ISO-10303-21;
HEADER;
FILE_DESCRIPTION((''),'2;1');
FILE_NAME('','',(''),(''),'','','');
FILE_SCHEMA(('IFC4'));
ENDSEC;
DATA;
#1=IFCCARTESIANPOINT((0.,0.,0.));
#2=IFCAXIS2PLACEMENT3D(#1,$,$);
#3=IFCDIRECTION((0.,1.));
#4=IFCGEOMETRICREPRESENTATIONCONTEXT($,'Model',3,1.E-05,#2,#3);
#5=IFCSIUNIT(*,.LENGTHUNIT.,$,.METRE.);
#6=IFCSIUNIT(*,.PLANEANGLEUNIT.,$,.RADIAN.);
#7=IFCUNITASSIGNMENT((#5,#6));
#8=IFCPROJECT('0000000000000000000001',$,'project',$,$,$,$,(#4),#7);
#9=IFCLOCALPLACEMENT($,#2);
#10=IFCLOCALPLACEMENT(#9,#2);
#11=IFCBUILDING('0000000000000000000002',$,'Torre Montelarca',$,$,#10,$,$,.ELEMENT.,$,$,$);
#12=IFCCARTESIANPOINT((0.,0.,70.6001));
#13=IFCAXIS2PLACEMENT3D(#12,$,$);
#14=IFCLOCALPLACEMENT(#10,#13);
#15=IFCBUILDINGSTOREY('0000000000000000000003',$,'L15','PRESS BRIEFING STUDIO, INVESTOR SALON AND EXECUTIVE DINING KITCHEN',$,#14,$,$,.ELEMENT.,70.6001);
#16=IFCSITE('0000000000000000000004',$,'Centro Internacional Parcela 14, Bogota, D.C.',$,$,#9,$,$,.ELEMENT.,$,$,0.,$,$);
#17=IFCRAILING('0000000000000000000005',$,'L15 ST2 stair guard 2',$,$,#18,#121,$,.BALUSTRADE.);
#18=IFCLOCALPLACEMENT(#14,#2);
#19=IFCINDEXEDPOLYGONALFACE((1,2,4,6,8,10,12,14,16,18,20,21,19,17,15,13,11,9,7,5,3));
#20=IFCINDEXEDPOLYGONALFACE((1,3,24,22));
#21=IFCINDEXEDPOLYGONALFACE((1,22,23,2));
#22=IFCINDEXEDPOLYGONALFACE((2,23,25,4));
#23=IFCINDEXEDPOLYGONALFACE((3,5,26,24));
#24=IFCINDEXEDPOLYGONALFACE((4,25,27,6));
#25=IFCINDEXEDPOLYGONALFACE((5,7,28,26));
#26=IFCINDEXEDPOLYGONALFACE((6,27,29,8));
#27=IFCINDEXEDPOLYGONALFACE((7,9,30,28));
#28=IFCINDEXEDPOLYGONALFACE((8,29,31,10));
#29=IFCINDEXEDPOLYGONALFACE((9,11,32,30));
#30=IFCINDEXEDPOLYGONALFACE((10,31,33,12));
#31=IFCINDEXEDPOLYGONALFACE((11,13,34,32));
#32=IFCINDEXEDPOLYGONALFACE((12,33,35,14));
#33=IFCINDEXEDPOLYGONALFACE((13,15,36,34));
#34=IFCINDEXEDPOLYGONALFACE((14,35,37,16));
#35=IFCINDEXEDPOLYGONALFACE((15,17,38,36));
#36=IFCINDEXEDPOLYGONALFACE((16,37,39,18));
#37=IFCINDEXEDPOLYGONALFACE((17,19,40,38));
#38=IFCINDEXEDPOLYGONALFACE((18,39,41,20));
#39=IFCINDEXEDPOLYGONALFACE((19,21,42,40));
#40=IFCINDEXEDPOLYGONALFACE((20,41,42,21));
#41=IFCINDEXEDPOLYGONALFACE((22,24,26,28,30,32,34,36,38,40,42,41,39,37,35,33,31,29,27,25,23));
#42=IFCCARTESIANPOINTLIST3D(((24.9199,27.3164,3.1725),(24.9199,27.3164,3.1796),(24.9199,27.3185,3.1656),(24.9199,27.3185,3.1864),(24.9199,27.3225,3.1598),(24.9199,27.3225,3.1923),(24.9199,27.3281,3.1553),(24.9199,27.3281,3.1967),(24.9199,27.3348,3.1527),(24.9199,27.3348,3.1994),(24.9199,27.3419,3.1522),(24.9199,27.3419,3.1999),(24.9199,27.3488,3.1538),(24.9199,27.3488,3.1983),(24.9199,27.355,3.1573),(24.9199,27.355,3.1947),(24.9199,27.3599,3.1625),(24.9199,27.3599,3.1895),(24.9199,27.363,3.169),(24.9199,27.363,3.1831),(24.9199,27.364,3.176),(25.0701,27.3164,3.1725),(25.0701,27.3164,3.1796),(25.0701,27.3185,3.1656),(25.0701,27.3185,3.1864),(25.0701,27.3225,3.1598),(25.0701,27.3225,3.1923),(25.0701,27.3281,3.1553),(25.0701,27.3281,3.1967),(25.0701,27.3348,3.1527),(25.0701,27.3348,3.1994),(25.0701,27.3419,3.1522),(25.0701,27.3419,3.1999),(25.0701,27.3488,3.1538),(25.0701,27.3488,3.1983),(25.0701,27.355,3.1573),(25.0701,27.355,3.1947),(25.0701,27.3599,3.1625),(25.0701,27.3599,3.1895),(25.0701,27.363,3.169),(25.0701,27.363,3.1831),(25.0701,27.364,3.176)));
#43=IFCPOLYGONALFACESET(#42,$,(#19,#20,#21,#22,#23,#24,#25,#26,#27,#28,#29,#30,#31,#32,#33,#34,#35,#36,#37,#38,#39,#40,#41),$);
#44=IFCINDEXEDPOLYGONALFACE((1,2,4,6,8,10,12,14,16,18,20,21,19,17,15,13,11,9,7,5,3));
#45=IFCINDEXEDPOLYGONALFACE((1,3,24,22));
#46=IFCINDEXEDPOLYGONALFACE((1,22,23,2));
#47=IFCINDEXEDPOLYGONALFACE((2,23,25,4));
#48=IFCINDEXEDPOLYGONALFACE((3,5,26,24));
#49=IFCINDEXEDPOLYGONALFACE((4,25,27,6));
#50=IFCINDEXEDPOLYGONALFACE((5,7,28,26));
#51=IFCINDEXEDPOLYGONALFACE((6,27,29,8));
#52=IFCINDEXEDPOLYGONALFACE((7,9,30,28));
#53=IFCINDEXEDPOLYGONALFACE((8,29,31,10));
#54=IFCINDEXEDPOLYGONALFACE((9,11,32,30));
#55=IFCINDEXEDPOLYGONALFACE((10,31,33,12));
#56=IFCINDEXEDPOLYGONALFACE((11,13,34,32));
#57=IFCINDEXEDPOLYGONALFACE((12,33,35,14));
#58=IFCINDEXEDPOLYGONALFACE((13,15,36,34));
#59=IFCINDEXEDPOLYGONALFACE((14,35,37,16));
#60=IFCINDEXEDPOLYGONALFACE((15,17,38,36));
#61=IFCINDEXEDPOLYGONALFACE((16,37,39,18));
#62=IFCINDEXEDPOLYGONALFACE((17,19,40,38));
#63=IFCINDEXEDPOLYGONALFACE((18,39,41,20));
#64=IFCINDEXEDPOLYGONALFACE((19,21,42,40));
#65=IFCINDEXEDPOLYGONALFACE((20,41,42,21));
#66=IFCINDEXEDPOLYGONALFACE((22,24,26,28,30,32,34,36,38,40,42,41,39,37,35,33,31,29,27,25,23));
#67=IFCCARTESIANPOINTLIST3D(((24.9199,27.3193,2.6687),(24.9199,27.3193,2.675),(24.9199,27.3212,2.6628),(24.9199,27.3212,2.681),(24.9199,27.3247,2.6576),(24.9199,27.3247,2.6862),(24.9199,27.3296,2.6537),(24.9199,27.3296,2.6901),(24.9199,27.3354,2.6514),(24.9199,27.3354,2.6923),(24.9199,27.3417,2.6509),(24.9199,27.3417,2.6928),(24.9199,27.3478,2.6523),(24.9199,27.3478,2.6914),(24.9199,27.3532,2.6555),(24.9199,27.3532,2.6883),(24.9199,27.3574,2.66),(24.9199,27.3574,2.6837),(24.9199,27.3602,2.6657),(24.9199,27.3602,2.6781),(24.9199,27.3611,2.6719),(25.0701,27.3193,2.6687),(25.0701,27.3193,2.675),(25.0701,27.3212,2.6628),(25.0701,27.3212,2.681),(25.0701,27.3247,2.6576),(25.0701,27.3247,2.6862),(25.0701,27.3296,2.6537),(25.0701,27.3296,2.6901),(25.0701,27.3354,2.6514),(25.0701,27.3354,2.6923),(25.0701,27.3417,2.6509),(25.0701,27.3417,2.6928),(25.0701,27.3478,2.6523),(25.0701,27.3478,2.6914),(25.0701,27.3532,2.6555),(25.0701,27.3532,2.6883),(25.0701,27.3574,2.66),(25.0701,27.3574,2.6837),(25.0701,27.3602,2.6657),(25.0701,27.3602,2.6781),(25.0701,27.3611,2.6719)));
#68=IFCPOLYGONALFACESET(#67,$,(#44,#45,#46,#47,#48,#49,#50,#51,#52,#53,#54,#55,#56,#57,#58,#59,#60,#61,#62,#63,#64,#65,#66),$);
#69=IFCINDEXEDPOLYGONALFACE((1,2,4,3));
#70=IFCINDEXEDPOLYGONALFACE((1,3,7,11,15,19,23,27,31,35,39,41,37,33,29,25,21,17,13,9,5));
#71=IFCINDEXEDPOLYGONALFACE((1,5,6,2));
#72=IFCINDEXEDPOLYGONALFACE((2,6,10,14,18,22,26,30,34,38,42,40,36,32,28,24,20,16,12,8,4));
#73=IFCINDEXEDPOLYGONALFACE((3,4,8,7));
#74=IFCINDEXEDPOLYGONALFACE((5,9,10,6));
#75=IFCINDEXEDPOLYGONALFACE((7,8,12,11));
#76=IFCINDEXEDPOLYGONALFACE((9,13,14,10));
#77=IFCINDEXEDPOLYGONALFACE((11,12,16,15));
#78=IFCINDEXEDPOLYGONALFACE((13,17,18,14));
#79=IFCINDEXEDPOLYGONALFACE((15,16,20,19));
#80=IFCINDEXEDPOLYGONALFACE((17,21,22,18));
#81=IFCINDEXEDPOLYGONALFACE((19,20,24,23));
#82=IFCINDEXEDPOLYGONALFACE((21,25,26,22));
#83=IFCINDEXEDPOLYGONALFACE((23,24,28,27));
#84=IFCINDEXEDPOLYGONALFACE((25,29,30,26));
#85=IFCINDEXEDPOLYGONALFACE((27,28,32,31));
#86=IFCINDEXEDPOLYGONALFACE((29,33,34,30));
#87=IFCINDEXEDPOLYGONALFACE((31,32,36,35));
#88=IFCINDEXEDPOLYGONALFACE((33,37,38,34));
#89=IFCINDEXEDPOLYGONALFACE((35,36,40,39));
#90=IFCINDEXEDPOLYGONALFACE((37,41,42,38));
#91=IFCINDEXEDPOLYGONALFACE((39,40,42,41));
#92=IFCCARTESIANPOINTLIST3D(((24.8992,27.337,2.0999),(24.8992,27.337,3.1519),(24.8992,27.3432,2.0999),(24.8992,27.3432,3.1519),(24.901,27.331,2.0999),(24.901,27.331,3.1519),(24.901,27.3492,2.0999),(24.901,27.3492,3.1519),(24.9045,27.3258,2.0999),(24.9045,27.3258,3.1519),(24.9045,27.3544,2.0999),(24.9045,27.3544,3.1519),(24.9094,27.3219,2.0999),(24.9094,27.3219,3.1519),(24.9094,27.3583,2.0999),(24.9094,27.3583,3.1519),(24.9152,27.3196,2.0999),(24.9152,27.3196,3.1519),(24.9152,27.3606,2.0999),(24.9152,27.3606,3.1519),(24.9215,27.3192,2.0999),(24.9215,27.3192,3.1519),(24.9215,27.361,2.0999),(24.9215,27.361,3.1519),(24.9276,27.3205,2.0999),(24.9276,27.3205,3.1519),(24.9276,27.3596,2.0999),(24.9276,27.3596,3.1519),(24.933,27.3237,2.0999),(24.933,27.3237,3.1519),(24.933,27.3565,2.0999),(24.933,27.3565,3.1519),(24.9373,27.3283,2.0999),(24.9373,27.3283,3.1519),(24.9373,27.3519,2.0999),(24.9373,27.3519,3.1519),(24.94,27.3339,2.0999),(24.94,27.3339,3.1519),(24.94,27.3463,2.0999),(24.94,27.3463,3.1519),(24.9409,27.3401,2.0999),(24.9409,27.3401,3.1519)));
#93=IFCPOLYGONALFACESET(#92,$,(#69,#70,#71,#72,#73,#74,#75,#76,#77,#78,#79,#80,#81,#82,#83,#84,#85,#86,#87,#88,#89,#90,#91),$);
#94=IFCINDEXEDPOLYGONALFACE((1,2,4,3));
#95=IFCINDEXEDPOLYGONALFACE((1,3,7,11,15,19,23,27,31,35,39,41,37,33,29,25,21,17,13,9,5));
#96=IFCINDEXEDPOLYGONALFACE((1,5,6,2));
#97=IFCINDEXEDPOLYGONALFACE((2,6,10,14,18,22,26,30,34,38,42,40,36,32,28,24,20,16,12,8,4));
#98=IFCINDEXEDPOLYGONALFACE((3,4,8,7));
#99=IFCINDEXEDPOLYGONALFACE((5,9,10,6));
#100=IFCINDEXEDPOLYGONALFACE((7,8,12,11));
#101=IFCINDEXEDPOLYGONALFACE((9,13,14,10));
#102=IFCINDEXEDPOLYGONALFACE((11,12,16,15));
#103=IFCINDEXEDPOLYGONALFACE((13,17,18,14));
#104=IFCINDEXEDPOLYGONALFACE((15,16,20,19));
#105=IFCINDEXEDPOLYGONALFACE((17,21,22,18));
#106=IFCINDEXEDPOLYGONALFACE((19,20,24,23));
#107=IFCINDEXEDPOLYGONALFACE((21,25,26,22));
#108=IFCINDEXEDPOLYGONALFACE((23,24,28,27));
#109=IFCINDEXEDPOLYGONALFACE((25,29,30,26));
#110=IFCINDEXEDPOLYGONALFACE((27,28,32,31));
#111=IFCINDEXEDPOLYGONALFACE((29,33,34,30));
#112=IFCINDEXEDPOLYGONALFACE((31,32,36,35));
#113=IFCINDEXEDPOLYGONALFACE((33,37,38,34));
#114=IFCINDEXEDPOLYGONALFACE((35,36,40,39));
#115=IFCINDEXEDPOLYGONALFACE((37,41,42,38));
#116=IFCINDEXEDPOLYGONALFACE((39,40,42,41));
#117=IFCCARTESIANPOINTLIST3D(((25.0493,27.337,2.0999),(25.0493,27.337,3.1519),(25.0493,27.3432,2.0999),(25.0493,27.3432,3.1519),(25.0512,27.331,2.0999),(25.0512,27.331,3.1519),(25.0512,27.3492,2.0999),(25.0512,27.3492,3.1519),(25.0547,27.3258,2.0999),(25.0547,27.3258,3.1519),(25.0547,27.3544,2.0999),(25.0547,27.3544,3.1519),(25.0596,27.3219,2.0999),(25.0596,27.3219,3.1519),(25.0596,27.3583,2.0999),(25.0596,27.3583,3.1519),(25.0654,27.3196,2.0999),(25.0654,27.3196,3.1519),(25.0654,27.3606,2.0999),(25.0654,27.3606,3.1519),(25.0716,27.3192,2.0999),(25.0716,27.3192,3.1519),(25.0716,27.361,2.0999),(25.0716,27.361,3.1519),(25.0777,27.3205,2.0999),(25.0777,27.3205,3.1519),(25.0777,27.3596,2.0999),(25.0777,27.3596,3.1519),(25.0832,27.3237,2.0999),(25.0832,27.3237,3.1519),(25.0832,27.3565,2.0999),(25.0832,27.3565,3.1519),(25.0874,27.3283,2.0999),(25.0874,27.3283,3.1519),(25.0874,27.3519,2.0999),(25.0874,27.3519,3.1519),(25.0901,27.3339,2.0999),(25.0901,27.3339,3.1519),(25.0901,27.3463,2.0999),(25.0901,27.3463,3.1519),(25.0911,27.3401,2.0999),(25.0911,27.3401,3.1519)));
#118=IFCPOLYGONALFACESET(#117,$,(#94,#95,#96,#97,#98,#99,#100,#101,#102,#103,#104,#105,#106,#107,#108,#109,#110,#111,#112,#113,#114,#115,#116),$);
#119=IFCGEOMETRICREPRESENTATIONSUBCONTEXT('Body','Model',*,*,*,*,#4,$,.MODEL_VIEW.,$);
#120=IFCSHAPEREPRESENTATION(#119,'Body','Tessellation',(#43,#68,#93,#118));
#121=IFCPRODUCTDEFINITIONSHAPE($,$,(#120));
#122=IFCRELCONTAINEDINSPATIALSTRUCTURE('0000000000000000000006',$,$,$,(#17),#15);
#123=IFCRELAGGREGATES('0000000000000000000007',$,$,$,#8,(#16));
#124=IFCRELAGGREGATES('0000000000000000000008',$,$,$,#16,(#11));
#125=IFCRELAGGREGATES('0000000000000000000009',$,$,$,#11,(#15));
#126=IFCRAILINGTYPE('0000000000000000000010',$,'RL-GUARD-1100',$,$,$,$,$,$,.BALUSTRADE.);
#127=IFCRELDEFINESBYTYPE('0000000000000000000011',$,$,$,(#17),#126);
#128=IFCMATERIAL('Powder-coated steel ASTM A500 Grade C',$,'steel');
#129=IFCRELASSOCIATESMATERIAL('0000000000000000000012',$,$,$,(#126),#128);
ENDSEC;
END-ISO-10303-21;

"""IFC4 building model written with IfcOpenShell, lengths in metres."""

from ifc_helpers import new_model, si_unit, direction, frame, origin, origin_2d, place, context, subcontext, project, spatial, circle, extrude, material, type_object, element, save


model = new_model("IFC4")

# Units and contexts
model_context = context("Model", 3, precision=1e-05, world=origin(), true_north=direction((0.0, 1.0)))
body_context = subcontext(model_context, "Body", "Model", "MODEL_VIEW")
ifc_project = project(units=[si_unit("LENGTHUNIT", "METRE"), si_unit("PLANEANGLEUNIT", "RADIAN")], contexts=[model_context])

# Site, building, storey
site_placement = place(None, origin())
site = spatial("IfcSite", under=ifc_project, at=site_placement, Name="Centro Internacional Parcela 14, Bogota, D.C.", CompositionType="ELEMENT", RefElevation=0.0)
building_placement = place(site_placement, origin())
building = spatial("IfcBuilding", under=site, at=building_placement, Name="Torre Montelarca", CompositionType="ELEMENT")
storey_placement = place(building_placement, frame((0.0, 0.0, 70.6001)))
storey = spatial("IfcBuildingStorey", under=building, at=storey_placement, Name="L15", Description="PRESS BRIEFING STUDIO, INVESTOR SALON AND EXECUTIVE DINING KITCHEN", CompositionType="ELEMENT", Elevation=70.6001)

# Railing
ifc_material_1 = material(Name="Powder-coated steel ASTM A500 Grade C", Category="steel")
railing_type_1 = type_object("IfcRailingType", Name="RL-GUARD-1100", PredefinedType="BALUSTRADE", material=ifc_material_1)
railing_1_placement = place(storey_placement, frame((24.9199, 27.3401, 2.0999)))
element("IfcRailing", 1, at=railing_1_placement, inside=storey, type_object=railing_type_1, Name="L15 ST2 stair guard 2", PredefinedType="BALUSTRADE", context=body_context, shape_type="SweptSolid", body=[
    extrude(circle(Radius=0.0239, at=origin_2d()), frame((0.0, 0.0, 1.0762), z_axis=(1.0, 0.0, 0.0), x_axis=(0.0, 1.0, 0.0)), (0.0, 0.0, 1.0), 0.1501),
    extrude(circle(Radius=0.021, at=origin_2d()), frame((0.0, 0.0, 0.572), z_axis=(1.0, 0.0, 0.0), x_axis=(0.0, 1.0, 0.0)), (0.0, 0.0, 1.0), 0.1501),
    extrude(circle(Radius=0.021, at=origin_2d()), origin(), (0.0, 0.0, 1.0), 1.052),
    extrude(circle(Radius=0.021, at=origin_2d()), frame((0.1501, 0.0, 0.0)), (0.0, 0.0, 1.0), 1.052),
])

save(model, "model.ifc")
